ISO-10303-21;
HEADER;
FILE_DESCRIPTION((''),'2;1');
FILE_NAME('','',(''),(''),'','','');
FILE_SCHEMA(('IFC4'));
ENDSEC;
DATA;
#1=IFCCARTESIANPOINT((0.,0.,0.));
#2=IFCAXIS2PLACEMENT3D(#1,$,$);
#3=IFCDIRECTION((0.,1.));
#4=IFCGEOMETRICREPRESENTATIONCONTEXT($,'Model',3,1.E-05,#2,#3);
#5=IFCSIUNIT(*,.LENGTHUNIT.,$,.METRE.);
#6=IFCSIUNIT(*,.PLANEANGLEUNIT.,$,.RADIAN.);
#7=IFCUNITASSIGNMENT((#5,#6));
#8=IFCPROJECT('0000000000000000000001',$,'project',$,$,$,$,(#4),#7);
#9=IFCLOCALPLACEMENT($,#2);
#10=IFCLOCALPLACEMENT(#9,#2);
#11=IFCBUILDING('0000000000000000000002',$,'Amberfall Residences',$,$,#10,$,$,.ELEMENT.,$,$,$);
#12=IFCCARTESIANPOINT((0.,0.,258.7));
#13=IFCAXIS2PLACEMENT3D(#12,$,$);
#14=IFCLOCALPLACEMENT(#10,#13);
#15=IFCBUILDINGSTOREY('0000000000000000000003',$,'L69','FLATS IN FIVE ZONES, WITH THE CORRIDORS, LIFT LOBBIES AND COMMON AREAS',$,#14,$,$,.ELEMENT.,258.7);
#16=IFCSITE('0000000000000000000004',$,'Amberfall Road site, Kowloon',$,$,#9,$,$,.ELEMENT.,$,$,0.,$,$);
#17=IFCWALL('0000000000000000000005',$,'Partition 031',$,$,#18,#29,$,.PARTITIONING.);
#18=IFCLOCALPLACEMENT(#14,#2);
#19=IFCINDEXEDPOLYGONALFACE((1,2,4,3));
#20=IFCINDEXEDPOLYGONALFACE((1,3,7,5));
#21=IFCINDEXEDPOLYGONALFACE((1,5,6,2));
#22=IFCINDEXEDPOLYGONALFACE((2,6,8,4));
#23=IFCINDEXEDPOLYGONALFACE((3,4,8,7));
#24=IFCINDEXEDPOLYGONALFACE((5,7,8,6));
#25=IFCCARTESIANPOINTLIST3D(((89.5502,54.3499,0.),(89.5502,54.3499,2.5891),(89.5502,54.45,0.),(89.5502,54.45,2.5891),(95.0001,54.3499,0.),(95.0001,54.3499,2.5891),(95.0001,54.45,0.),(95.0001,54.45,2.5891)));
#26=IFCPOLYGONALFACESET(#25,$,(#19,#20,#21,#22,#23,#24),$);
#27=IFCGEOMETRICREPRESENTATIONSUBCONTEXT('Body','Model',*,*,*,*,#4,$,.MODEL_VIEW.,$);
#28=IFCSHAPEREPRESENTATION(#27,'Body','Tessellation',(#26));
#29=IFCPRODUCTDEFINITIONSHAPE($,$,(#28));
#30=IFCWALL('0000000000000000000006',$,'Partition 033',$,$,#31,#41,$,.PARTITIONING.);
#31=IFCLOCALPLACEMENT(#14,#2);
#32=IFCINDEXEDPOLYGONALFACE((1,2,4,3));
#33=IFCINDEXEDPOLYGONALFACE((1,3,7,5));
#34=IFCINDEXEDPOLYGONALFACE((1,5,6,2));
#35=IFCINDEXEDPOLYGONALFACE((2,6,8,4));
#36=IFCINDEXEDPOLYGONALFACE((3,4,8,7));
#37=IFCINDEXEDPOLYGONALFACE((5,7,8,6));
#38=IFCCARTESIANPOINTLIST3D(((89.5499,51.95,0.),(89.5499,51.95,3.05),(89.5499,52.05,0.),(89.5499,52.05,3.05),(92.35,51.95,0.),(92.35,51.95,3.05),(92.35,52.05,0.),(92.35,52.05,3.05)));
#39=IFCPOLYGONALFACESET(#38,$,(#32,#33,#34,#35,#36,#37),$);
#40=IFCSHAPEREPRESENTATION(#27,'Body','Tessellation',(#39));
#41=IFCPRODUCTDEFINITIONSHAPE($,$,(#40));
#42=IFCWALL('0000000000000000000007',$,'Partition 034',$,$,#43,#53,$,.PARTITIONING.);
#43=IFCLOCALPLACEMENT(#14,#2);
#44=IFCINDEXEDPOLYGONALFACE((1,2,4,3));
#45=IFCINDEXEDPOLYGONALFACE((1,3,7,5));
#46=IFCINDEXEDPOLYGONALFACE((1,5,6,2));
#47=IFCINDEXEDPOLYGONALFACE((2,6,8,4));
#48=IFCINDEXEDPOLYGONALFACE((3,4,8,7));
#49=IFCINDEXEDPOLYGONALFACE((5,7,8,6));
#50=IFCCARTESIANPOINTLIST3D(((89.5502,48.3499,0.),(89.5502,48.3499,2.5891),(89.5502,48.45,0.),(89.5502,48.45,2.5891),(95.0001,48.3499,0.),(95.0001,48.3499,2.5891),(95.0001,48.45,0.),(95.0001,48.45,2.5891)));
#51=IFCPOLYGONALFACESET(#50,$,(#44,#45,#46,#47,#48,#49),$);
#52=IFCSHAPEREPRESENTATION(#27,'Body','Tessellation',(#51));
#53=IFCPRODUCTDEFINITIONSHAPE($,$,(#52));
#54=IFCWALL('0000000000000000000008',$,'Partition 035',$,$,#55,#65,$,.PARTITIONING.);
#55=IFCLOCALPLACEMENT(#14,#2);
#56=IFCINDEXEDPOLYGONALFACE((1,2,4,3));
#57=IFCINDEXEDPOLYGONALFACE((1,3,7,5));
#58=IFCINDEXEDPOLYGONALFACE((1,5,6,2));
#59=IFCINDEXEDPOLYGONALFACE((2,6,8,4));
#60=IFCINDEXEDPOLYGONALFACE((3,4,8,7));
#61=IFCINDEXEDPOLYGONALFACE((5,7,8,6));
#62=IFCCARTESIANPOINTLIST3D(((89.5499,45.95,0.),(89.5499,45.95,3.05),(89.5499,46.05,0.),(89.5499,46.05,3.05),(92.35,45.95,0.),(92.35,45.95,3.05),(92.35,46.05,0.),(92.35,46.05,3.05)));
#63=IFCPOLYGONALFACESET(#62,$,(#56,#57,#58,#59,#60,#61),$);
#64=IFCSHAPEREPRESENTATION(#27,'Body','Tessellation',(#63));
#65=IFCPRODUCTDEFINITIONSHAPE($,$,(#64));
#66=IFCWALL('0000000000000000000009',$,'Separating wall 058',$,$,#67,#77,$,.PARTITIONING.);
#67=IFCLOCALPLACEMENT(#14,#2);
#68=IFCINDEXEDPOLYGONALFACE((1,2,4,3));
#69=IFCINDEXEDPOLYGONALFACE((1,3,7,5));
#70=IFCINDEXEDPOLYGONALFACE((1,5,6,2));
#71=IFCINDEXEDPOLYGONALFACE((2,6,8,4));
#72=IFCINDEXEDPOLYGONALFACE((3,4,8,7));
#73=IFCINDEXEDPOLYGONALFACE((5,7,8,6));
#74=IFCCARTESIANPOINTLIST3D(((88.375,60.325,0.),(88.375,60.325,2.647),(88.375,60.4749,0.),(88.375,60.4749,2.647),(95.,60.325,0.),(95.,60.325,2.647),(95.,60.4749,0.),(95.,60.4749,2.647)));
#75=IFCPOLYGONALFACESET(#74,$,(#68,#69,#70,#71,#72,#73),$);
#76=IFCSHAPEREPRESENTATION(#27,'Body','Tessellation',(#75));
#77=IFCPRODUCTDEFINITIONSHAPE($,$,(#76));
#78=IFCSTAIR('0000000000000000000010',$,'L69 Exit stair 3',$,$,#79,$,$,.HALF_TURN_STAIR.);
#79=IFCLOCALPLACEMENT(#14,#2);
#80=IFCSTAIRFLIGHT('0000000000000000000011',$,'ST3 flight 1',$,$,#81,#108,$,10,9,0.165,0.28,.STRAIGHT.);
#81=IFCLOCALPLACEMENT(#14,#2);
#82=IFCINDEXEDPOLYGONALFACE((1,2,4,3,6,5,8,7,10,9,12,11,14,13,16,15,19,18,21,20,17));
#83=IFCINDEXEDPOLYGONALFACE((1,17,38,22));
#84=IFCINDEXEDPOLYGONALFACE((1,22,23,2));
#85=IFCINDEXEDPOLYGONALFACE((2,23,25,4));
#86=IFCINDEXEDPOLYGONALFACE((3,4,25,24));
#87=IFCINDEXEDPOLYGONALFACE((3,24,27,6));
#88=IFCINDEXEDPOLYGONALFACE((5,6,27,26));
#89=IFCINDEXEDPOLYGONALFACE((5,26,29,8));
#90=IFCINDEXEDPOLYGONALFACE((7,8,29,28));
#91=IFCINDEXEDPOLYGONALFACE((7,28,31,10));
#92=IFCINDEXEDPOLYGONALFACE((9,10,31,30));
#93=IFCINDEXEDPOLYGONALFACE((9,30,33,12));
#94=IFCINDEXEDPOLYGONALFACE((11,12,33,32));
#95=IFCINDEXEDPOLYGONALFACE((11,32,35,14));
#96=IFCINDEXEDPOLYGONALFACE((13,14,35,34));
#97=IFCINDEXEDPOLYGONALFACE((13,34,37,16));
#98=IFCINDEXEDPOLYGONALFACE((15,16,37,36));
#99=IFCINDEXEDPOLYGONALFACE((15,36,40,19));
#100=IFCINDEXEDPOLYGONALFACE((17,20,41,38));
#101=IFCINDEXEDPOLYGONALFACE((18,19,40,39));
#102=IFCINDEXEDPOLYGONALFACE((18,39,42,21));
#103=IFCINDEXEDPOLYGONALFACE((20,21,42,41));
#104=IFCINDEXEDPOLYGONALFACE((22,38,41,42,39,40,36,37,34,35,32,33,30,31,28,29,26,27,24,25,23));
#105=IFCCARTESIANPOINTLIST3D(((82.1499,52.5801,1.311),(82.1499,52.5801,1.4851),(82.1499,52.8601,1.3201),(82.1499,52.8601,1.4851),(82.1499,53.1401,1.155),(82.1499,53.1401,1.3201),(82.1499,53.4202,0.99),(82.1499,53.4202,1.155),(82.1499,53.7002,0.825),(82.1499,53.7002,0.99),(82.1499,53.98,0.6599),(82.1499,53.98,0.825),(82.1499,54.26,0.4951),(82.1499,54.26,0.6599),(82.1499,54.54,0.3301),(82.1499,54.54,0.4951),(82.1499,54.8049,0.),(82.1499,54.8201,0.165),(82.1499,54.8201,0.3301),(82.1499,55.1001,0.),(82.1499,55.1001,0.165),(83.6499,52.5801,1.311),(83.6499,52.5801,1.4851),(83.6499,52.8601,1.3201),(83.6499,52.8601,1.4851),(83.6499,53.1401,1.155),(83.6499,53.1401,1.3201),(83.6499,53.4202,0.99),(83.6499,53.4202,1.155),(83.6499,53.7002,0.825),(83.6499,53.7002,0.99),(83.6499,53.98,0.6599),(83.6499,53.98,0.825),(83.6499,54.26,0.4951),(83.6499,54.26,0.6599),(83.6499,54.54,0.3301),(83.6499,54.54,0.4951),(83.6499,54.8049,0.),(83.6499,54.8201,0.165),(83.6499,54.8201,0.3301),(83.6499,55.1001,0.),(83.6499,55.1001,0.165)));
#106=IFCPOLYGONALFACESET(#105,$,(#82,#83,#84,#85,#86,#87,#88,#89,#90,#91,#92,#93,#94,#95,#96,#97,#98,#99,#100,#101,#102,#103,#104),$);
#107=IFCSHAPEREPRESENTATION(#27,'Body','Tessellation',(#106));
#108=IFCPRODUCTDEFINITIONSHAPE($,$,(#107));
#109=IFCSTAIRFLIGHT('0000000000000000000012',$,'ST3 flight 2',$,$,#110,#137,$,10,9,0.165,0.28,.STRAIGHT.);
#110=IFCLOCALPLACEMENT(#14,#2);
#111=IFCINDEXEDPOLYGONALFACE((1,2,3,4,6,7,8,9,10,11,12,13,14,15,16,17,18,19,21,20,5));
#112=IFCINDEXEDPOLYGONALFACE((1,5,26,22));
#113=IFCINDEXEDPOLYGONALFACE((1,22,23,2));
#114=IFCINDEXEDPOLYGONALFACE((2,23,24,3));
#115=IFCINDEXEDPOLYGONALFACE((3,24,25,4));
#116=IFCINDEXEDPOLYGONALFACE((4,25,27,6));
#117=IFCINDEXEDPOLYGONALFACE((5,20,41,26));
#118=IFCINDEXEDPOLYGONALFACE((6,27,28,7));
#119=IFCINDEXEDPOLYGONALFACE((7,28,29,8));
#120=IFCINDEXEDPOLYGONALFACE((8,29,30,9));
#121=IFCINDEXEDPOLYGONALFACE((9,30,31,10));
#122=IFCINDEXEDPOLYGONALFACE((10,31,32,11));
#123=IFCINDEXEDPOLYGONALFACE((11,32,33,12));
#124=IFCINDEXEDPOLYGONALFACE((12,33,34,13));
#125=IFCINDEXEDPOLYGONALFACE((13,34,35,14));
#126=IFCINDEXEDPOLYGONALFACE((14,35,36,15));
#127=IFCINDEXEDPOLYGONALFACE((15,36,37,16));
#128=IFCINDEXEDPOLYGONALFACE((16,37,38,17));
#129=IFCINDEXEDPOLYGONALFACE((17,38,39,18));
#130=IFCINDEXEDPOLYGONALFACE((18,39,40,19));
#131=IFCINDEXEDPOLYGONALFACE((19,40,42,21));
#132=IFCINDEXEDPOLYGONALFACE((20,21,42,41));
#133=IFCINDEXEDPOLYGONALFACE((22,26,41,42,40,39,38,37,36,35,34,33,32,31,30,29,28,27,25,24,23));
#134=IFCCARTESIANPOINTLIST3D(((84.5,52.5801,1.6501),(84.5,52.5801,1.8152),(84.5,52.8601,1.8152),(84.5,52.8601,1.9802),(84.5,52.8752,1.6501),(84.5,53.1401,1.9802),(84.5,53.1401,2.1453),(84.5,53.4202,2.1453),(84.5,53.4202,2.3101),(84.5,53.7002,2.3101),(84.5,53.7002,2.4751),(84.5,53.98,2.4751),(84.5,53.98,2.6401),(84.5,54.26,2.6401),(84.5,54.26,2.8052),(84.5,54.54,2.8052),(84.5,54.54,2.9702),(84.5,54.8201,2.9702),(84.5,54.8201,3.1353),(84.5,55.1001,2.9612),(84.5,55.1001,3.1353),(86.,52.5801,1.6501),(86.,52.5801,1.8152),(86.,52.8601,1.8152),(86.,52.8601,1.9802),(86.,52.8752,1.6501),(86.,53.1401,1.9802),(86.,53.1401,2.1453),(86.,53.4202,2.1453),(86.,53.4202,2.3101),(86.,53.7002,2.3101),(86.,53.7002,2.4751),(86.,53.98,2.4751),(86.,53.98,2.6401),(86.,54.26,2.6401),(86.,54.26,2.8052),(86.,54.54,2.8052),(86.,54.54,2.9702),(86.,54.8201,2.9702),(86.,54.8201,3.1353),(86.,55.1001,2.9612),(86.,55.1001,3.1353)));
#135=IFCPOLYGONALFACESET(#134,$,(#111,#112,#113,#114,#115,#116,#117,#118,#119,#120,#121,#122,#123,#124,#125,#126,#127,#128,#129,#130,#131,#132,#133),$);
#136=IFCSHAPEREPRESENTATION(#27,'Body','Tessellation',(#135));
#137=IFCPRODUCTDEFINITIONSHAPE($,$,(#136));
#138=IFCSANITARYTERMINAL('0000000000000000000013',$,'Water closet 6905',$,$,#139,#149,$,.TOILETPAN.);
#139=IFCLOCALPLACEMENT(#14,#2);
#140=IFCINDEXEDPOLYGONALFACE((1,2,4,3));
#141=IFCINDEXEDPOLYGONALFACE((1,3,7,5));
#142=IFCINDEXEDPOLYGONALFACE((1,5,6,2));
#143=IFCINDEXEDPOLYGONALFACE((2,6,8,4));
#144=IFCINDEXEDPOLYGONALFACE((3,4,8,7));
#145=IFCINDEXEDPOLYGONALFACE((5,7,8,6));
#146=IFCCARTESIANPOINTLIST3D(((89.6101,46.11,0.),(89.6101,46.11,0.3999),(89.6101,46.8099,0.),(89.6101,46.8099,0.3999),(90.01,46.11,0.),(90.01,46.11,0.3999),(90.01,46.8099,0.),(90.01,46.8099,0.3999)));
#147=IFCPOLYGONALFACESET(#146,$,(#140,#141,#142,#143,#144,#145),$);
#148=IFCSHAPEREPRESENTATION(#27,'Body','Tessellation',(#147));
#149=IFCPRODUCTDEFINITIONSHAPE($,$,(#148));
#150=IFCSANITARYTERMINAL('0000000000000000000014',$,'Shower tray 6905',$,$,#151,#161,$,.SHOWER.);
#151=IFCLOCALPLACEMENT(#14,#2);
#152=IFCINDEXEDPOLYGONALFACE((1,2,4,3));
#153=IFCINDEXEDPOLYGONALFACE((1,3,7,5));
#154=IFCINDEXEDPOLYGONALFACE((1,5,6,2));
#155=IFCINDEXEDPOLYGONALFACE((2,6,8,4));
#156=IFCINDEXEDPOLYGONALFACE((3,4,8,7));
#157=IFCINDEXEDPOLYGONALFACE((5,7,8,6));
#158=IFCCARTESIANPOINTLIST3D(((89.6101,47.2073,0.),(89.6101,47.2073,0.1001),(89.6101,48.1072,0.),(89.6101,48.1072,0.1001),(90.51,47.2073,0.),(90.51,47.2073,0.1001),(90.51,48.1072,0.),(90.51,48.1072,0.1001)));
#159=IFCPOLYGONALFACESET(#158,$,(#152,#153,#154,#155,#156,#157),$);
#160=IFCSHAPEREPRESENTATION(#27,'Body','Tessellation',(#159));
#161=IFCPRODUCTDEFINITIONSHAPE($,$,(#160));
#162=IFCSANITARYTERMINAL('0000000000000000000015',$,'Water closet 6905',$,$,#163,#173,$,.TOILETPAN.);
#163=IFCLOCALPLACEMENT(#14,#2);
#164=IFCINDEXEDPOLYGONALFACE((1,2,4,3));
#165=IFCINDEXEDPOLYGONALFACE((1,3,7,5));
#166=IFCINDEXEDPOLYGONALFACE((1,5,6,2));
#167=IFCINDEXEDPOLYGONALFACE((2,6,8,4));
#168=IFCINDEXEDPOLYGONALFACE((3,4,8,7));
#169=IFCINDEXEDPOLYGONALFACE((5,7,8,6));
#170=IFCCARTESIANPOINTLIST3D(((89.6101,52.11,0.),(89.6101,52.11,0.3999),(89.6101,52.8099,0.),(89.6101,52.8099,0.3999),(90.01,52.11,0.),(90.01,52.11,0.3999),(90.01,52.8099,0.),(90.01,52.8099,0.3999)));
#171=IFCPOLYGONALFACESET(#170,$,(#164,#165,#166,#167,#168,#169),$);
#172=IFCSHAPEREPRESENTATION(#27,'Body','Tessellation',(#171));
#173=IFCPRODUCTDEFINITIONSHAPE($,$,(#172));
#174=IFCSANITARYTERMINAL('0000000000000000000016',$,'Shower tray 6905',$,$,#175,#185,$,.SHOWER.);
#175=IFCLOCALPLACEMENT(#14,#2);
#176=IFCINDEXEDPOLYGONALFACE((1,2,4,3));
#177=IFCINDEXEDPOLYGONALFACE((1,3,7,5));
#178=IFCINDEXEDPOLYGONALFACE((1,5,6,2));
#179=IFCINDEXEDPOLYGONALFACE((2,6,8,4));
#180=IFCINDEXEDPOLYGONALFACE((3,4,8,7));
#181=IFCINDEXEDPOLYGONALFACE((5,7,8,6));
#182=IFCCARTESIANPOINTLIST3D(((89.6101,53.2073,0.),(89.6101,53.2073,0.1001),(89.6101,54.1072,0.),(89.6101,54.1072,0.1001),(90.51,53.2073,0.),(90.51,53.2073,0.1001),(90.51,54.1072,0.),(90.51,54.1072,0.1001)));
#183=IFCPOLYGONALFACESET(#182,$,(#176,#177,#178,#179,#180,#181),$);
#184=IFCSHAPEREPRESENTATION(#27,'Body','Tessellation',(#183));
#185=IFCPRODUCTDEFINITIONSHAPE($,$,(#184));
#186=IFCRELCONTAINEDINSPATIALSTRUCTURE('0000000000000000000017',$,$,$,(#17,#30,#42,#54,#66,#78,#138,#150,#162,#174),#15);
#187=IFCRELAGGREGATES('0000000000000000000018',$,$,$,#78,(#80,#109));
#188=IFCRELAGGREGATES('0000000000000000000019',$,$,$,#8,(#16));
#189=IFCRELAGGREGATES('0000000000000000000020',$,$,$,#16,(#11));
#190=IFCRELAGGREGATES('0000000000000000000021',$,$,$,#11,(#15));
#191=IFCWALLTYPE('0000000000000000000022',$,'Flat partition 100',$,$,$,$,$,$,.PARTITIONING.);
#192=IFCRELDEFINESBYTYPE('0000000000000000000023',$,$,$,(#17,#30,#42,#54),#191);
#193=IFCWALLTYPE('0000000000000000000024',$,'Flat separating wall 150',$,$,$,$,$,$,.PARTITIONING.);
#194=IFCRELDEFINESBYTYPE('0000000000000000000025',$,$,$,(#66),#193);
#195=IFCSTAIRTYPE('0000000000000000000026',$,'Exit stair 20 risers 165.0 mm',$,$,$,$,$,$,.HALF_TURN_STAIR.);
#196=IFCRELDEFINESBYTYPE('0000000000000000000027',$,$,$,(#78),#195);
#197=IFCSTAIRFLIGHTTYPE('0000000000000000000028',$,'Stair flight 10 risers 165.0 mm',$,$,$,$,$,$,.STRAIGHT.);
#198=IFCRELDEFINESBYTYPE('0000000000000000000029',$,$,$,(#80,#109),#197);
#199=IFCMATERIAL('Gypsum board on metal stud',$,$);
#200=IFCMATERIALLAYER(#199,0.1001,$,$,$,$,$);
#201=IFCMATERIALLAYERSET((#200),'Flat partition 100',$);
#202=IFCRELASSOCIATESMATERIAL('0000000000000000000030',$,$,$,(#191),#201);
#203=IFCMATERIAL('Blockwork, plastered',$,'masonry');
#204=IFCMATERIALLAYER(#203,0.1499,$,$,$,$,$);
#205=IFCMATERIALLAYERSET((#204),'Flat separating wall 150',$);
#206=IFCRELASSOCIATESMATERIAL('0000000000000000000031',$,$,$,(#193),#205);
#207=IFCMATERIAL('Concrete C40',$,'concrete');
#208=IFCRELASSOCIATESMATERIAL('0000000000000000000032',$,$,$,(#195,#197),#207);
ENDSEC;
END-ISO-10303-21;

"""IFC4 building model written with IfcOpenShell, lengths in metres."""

from ifc_helpers import new_model, si_unit, direction, frame, frame_2d, origin, origin_2d, place, context, subcontext, project, spatial, polyline, rectangle, outline, extrude, material, layer, layer_set, type_object, element, aggregate, save


model = new_model("IFC4")

# Units and contexts
model_context = context("Model", 3, precision=1e-05, world=origin(), true_north=direction((0.0, 1.0)))
body_context = subcontext(model_context, "Body", "Model", "MODEL_VIEW")
ifc_project = project(units=[si_unit("LENGTHUNIT", "METRE"), si_unit("PLANEANGLEUNIT", "RADIAN")], contexts=[model_context])

# Site, building, storey
site_placement = place(None, origin())
site = spatial("IfcSite", under=ifc_project, at=site_placement, Name="Amberfall Road site, Kowloon", CompositionType="ELEMENT", RefElevation=0.0)
building_placement = place(site_placement, origin())
building = spatial("IfcBuilding", under=site, at=building_placement, Name="Amberfall Residences", CompositionType="ELEMENT")
storey_placement = place(building_placement, frame((0.0, 0.0, 258.7)))
storey = spatial("IfcBuildingStorey", under=building, at=storey_placement, Name="L69", Description="FLATS IN FIVE ZONES, WITH THE CORRIDORS, LIFT LOBBIES AND COMMON AREAS", CompositionType="ELEMENT", Elevation=258.7)

# Shared definitions
ifc_material_1 = material(Name="Gypsum board on metal stud")
ifc_layer_1 = layer(ifc_material_1, 0.1001)
ifc_layer_set_1 = layer_set([ifc_layer_1], Name="Flat partition 100")
wall_type_1 = type_object("IfcWallType", Name="Flat partition 100", PredefinedType="PARTITIONING", material=ifc_layer_set_1)

# Walls
wall_1_placement = place(storey_placement, frame((89.55, 54.3999, 0.0), z_axis=(0.0, 0.0, 1.0), x_axis=(1.0, 0.0, 0.0)))
element("IfcWall", 1, at=wall_1_placement, inside=storey, type_object=wall_type_1, Name="Partition 031", PredefinedType="PARTITIONING", context=body_context, shape_type="SweptSolid", body=[
    extrude(rectangle(XDim=5.45, YDim=0.1001, at=frame_2d((2.7251, 0.0))), origin(), (0.0, 0.0, 1.0), 2.5891),
])
wall_2_placement = place(storey_placement, frame((89.55, 52.0, 0.0), z_axis=(0.0, 0.0, 1.0), x_axis=(1.0, 0.0, 0.0)))
element("IfcWall", 2, at=wall_2_placement, inside=storey, type_object=wall_type_1, Name="Partition 033", PredefinedType="PARTITIONING", context=body_context, shape_type="SweptSolid", body=[
    extrude(rectangle(XDim=2.8, YDim=0.1001, at=frame_2d((1.3999, 0.0))), origin(), (0.0, 0.0, 1.0), 3.05),
])
wall_3_placement = place(storey_placement, frame((89.55, 48.3999, 0.0), z_axis=(0.0, 0.0, 1.0), x_axis=(1.0, 0.0, 0.0)))
element("IfcWall", 3, at=wall_3_placement, inside=storey, type_object=wall_type_1, Name="Partition 034", PredefinedType="PARTITIONING", context=body_context, shape_type="SweptSolid", body=[
    extrude(rectangle(XDim=5.45, YDim=0.1001, at=frame_2d((2.7251, 0.0))), origin(), (0.0, 0.0, 1.0), 2.5891),
])
wall_4_placement = place(storey_placement, frame((89.55, 46.0, 0.0), z_axis=(0.0, 0.0, 1.0), x_axis=(1.0, 0.0, 0.0)))
element("IfcWall", 4, at=wall_4_placement, inside=storey, type_object=wall_type_1, Name="Partition 035", PredefinedType="PARTITIONING", context=body_context, shape_type="SweptSolid", body=[
    extrude(rectangle(XDim=2.8, YDim=0.1001, at=frame_2d((1.3999, 0.0))), origin(), (0.0, 0.0, 1.0), 3.05),
])
ifc_material_2 = material(Name="Blockwork, plastered", Category="masonry")
ifc_layer_2 = layer(ifc_material_2, 0.1499)
ifc_layer_set_2 = layer_set([ifc_layer_2], Name="Flat separating wall 150")
wall_type_2 = type_object("IfcWallType", Name="Flat separating wall 150", PredefinedType="PARTITIONING", material=ifc_layer_set_2)
wall_5_placement = place(storey_placement, frame((88.375, 60.3999, 0.0), z_axis=(0.0, 0.0, 1.0), x_axis=(1.0, 0.0, 0.0)))
element("IfcWall", 5, at=wall_5_placement, inside=storey, type_object=wall_type_2, Name="Separating wall 058", PredefinedType="PARTITIONING", context=body_context, shape_type="SweptSolid", body=[
    extrude(rectangle(XDim=6.625, YDim=0.1499, at=frame_2d((3.3125, 0.0))), origin(), (0.0, 0.0, 1.0), 2.647),
])

# Stair, stair flights
ifc_material_3 = material(Name="Concrete C40", Category="concrete")
stair_type = type_object("IfcStairType", Name="Exit stair 20 risers 165.0 mm", PredefinedType="HALF_TURN_STAIR", material=ifc_material_3)
stair_placement = place(storey_placement, origin())
stair = element("IfcStair", 6, at=stair_placement, inside=storey, type_object=stair_type, Name="L69 Exit stair 3", PredefinedType="HALF_TURN_STAIR")
stair_flight_type = type_object("IfcStairFlightType", Name="Stair flight 10 risers 165.0 mm", PredefinedType="STRAIGHT", material=ifc_material_3)
stair_flight_1_placement = place(storey_placement, frame((82.8999, 55.1001, 0.0), z_axis=(0.0, 0.0, 1.0), x_axis=(0.0, -1.0, 0.0)))
stair_flight_1 = element("IfcStairFlight", 7, at=stair_flight_1_placement, type_object=stair_flight_type, Name="ST3 flight 1", NumberOfRisers=10, NumberOfTreads=9, PredefinedType="STRAIGHT", RiserHeight=0.165, TreadLength=0.28, context=body_context, shape_type="SweptSolid", body=[
    extrude(outline(polyline([(0.0, 0.0), (0.0, 0.165), (0.28, 0.165), (0.28, 0.3301), (0.5601, 0.3301), (0.5601, 0.4951), (0.8401, 0.4951), (0.8401, 0.6599), (1.1201, 0.6599), (1.1201, 0.825), (1.3999, 0.825), (1.3999, 0.99), (1.6799, 0.99), (1.6799, 1.155), (1.96, 1.155), (1.96, 1.3201), (2.24, 1.3201), (2.24, 1.4851), (2.52, 1.4851), (2.52, 1.6499), (2.52, 1.311), (0.2952, 0.0), (0.0, 0.0)])), frame((0.0, 0.75, 0.0), z_axis=(0.0, -1.0, 0.0), x_axis=(1.0, 0.0, 0.0)), (0.0, 0.0, 1.0), 1.5),
])
stair_flight_2_placement = place(storey_placement, frame((85.25, 52.5801, 1.6501), z_axis=(0.0, 0.0, 1.0), x_axis=(0.0, 1.0, 0.0)))
stair_flight_2 = element("IfcStairFlight", 8, at=stair_flight_2_placement, type_object=stair_flight_type, Name="ST3 flight 2", NumberOfRisers=10, NumberOfTreads=9, PredefinedType="STRAIGHT", RiserHeight=0.165, TreadLength=0.28, context=body_context, shape_type="SweptSolid", body=[
    extrude(outline(polyline([(0.0, 0.0), (0.0, 0.165), (0.28, 0.165), (0.28, 0.3301), (0.5601, 0.3301), (0.5601, 0.4951), (0.8401, 0.4951), (0.8401, 0.6599), (1.1201, 0.6599), (1.1201, 0.825), (1.3999, 0.825), (1.3999, 0.99), (1.6799, 0.99), (1.6799, 1.155), (1.96, 1.155), (1.96, 1.3201), (2.24, 1.3201), (2.24, 1.4851), (2.52, 1.4851), (2.52, 1.6499), (2.52, 1.311), (0.2952, 0.0), (0.0, 0.0)])), frame((0.0, 0.75, 0.0), z_axis=(0.0, -1.0, 0.0), x_axis=(1.0, 0.0, 0.0)), (0.0, 0.0, 1.0), 1.5),
])
aggregate(stair, [stair_flight_1, stair_flight_2])

# Sanitary terminals
sanitary_terminal_1_placement = place(storey_placement, frame((89.8101, 46.46, 0.0), z_axis=(0.0, 0.0, 1.0), x_axis=(1.0, 0.0, 0.0)))
element("IfcSanitaryTerminal", 9, at=sanitary_terminal_1_placement, inside=storey, Name="Water closet 6905", PredefinedType="TOILETPAN", context=body_context, shape_type="SweptSolid", body=[
    extrude(rectangle(XDim=0.3999, YDim=0.7, at=origin_2d()), origin(), (0.0, 0.0, 1.0), 0.3999),
])
sanitary_terminal_2_placement = place(storey_placement, frame((90.0601, 47.6572, 0.0), z_axis=(0.0, 0.0, 1.0), x_axis=(1.0, 0.0, 0.0)))
element("IfcSanitaryTerminal", 10, at=sanitary_terminal_2_placement, inside=storey, Name="Shower tray 6905", PredefinedType="SHOWER", context=body_context, shape_type="SweptSolid", body=[
    extrude(rectangle(XDim=0.8999, YDim=0.8999, at=origin_2d()), origin(), (0.0, 0.0, 1.0), 0.1001),
])
sanitary_terminal_3_placement = place(storey_placement, frame((89.8101, 52.46, 0.0), z_axis=(0.0, 0.0, 1.0), x_axis=(1.0, 0.0, 0.0)))
element("IfcSanitaryTerminal", 11, at=sanitary_terminal_3_placement, inside=storey, Name="Water closet 6905", PredefinedType="TOILETPAN", context=body_context, shape_type="SweptSolid", body=[
    extrude(rectangle(XDim=0.3999, YDim=0.7, at=origin_2d()), origin(), (0.0, 0.0, 1.0), 0.3999),
])
sanitary_terminal_4_placement = place(storey_placement, frame((90.0601, 53.6572, 0.0), z_axis=(0.0, 0.0, 1.0), x_axis=(1.0, 0.0, 0.0)))
element("IfcSanitaryTerminal", 12, at=sanitary_terminal_4_placement, inside=storey, Name="Shower tray 6905", PredefinedType="SHOWER", context=body_context, shape_type="SweptSolid", body=[
    extrude(rectangle(XDim=0.8999, YDim=0.8999, at=origin_2d()), origin(), (0.0, 0.0, 1.0), 0.1001),
])

save(model, "model.ifc")
